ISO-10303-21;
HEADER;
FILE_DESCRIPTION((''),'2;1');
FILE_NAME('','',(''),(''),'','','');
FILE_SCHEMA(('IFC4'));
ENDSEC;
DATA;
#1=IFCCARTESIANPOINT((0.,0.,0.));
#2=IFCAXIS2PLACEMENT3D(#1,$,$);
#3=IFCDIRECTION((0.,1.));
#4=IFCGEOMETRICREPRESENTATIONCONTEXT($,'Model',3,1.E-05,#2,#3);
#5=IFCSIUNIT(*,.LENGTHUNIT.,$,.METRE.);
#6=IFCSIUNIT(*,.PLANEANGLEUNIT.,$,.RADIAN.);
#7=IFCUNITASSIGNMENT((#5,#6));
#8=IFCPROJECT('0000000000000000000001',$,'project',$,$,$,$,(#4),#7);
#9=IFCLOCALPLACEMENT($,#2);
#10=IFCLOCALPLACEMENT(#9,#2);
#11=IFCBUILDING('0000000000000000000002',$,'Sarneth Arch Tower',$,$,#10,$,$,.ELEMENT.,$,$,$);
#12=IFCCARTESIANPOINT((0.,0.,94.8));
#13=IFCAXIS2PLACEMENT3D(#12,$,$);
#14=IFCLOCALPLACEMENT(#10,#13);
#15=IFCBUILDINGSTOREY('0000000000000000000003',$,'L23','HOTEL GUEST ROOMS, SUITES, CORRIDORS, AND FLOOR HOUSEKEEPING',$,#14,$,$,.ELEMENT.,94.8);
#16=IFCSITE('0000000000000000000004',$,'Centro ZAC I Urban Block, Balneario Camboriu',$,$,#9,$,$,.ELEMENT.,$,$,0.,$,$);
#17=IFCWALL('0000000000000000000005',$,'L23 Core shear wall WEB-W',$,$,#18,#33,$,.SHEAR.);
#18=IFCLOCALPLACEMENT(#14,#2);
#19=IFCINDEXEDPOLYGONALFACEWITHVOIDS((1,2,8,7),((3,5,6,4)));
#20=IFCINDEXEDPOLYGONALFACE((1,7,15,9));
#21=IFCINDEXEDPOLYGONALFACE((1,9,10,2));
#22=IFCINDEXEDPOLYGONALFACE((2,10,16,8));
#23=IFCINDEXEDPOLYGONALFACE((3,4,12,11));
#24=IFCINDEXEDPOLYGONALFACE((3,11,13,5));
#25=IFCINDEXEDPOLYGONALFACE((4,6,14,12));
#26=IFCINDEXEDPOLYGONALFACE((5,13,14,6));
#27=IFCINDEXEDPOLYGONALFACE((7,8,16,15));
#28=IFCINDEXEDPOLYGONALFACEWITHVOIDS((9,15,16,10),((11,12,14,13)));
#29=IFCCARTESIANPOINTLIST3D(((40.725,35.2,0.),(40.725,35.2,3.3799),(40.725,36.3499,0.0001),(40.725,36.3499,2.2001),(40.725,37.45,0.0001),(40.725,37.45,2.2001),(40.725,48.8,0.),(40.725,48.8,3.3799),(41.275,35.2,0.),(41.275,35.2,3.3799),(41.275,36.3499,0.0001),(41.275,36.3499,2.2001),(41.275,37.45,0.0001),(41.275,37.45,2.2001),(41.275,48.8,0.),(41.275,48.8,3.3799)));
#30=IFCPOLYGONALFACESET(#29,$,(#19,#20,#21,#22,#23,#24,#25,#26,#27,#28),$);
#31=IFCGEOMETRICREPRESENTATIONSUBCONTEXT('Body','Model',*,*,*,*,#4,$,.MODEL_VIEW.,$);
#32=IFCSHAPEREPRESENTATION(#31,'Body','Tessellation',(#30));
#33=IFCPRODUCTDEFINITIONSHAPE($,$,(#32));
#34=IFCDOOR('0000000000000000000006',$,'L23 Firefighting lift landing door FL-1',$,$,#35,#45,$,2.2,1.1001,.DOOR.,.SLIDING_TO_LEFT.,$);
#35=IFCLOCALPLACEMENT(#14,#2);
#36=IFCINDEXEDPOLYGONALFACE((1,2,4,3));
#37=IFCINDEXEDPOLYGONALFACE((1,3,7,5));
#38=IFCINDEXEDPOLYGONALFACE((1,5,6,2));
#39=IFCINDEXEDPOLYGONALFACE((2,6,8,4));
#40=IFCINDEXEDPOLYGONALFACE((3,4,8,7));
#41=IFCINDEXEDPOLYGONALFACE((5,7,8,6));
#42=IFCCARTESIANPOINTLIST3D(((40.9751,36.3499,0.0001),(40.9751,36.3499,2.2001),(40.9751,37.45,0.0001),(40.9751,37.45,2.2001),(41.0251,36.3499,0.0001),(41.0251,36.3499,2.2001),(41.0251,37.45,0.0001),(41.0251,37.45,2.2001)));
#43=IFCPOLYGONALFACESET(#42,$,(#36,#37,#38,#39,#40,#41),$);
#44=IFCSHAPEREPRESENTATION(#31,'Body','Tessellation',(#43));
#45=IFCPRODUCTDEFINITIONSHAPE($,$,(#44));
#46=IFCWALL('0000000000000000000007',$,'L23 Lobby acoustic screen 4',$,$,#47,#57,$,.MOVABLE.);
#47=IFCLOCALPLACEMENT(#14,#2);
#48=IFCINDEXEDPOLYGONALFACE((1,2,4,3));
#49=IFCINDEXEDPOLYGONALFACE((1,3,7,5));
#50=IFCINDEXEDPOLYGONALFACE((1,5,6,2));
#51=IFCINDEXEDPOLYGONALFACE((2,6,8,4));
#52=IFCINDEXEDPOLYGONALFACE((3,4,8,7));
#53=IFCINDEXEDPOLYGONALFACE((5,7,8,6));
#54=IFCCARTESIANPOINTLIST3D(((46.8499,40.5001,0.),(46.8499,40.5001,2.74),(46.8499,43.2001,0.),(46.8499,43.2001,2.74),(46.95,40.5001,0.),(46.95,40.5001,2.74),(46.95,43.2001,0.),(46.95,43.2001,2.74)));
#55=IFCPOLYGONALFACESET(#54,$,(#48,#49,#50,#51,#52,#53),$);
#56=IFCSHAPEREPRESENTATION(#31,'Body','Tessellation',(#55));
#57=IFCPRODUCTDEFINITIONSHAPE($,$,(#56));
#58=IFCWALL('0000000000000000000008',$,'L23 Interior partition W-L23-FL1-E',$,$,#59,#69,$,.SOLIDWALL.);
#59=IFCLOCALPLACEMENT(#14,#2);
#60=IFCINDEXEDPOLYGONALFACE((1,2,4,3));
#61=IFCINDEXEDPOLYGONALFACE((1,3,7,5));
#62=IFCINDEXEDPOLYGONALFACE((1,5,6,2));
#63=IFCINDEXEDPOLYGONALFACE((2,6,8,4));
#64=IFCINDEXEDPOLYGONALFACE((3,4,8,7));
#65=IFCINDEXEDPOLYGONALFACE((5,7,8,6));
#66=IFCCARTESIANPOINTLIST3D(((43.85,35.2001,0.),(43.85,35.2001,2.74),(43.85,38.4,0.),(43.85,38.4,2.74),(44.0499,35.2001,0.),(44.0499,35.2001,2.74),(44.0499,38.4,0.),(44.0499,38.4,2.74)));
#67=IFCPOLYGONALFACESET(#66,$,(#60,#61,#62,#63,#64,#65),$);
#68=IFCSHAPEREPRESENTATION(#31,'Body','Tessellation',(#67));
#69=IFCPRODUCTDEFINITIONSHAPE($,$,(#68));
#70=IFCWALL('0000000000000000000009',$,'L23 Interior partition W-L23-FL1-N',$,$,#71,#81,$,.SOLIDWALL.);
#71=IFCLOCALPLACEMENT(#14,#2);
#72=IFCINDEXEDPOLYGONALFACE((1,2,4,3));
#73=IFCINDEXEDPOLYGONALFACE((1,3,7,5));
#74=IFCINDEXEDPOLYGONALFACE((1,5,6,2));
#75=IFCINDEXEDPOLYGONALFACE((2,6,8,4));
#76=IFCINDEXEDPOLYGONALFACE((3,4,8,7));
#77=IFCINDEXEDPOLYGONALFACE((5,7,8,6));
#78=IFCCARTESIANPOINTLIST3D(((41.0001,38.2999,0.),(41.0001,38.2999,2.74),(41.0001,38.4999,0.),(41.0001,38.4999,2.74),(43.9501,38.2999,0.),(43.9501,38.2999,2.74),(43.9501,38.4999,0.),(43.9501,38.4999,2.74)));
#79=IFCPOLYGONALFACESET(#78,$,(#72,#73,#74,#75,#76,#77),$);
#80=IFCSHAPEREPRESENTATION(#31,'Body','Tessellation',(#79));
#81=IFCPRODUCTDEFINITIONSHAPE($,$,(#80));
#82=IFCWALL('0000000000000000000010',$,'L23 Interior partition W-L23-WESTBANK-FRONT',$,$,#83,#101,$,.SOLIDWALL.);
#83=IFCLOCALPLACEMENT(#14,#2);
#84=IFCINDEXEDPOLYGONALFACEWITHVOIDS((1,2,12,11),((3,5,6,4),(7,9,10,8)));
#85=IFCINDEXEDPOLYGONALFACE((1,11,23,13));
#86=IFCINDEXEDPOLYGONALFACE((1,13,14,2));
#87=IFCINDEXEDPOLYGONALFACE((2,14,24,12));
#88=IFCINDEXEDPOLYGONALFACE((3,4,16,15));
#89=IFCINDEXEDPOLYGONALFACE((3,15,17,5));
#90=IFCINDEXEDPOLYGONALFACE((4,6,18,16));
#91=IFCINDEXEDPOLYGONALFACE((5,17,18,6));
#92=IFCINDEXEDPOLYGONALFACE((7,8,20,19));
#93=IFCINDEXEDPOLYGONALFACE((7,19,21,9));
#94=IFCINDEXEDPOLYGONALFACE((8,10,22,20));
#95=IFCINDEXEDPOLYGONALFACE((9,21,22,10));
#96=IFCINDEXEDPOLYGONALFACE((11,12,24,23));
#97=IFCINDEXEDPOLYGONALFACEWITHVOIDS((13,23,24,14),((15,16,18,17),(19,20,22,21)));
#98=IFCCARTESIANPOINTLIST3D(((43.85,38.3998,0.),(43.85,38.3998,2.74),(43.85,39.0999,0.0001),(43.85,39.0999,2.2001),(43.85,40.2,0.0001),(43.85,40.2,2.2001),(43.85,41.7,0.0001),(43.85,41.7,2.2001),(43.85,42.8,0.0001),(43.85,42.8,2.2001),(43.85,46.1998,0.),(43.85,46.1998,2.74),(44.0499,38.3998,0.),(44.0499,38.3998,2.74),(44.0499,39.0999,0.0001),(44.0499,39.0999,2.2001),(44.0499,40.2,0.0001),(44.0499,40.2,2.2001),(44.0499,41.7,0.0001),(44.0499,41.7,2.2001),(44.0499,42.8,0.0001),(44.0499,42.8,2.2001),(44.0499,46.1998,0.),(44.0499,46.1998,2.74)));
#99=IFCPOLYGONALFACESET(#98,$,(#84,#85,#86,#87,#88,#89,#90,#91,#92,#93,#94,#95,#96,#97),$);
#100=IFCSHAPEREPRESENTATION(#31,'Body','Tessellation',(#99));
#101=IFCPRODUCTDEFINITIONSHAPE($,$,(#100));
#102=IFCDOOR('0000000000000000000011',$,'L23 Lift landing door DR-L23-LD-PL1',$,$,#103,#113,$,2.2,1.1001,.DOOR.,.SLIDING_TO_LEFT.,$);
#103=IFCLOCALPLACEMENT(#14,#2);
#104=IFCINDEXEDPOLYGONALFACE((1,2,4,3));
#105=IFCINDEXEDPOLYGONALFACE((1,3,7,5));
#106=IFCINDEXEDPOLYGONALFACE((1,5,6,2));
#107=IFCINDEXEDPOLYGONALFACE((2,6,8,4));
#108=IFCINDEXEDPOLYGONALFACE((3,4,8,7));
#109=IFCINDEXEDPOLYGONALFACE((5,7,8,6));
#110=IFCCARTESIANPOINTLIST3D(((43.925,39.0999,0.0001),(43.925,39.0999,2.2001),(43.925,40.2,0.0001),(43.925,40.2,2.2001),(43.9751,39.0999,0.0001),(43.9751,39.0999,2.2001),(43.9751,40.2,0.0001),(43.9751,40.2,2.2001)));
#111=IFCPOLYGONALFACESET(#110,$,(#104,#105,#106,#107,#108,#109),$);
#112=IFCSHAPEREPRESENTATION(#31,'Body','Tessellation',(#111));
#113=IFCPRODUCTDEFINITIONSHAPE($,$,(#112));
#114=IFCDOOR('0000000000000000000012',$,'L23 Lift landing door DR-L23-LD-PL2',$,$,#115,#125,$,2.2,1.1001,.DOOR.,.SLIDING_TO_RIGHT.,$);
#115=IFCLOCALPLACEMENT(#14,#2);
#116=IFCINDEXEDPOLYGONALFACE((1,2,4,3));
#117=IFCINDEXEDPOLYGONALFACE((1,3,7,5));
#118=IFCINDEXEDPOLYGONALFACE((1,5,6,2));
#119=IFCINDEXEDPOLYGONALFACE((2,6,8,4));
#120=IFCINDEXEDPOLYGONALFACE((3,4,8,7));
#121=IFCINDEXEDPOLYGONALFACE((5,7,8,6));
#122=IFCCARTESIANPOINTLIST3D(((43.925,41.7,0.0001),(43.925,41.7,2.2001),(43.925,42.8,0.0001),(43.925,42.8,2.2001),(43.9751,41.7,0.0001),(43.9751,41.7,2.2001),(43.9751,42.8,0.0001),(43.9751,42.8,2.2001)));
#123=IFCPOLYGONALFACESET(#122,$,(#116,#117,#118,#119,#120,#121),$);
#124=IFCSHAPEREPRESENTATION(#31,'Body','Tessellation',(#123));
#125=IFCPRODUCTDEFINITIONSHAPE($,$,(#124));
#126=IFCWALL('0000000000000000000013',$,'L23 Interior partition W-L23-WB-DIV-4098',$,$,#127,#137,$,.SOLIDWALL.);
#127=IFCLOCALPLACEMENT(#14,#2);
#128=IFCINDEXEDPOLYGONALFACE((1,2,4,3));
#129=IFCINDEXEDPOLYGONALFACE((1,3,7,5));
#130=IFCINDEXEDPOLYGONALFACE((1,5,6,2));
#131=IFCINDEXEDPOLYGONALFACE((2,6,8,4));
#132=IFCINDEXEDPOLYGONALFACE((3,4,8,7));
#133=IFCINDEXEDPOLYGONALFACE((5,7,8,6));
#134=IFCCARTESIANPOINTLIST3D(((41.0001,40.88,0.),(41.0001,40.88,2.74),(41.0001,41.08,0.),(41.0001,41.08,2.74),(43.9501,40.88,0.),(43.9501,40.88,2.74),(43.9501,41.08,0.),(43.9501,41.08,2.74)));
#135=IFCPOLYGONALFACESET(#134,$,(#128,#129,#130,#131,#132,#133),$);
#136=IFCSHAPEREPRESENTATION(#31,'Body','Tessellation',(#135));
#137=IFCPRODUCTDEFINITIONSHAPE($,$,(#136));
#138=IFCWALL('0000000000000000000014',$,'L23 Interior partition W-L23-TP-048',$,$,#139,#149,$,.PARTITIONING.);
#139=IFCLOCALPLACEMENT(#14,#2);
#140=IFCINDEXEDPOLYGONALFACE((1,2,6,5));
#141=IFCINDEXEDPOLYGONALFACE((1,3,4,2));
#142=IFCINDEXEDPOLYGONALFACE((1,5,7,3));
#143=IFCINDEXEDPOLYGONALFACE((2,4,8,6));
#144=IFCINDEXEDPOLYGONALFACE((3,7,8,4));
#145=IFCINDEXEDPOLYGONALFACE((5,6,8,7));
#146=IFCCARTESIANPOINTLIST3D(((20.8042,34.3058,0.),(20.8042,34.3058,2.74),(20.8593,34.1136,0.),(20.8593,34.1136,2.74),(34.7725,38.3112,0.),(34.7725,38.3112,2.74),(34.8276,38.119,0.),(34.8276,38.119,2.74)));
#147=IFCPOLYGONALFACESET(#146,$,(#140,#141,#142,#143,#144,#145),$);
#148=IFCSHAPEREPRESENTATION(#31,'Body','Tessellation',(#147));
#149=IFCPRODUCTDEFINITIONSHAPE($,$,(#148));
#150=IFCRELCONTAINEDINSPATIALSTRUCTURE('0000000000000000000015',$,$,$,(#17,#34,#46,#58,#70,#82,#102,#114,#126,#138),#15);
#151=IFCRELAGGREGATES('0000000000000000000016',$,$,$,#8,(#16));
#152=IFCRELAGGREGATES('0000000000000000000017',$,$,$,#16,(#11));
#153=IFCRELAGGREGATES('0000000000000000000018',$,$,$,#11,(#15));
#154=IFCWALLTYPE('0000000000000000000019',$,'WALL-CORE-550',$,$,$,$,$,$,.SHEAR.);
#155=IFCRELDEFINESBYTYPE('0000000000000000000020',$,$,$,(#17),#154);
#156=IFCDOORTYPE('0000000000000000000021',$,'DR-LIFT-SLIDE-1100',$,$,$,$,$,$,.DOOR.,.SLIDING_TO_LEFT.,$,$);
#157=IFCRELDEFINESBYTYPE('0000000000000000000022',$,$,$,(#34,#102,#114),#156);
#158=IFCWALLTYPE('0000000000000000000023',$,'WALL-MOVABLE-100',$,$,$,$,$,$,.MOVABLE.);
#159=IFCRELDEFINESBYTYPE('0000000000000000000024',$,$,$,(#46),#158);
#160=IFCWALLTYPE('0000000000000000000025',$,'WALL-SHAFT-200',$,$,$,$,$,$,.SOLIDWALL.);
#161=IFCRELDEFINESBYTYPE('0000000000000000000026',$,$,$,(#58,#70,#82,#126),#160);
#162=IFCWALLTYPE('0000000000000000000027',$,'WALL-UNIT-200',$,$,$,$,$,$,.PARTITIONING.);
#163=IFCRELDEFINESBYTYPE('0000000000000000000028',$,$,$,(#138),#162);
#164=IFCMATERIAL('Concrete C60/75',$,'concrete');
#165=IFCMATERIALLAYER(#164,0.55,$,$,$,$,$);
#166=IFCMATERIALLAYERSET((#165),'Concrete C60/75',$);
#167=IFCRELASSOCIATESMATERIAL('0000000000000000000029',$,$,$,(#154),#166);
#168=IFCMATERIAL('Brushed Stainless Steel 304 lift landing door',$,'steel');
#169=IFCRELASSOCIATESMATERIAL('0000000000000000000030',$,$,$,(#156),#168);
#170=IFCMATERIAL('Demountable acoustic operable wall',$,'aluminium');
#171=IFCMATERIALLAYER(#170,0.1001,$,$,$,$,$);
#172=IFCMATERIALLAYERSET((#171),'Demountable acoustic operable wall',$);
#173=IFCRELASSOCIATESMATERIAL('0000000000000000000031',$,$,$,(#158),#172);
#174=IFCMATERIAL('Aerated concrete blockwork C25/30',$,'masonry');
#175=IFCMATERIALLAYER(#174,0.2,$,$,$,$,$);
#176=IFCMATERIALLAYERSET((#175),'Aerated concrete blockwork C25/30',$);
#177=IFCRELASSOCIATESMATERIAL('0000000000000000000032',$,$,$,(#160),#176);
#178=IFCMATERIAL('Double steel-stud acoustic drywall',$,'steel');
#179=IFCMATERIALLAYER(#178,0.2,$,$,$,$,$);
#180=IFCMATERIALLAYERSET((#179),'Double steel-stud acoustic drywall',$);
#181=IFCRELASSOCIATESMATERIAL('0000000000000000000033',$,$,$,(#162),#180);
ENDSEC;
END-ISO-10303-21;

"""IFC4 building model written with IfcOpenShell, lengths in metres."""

from ifc_helpers import new_model, si_unit, direction, frame, frame_2d, origin, place, context, subcontext, project, spatial, rectangle, extrude, material, layer, layer_set, type_object, element, fill, save


model = new_model("IFC4")

# Units and contexts
model_context = context("Model", 3, precision=1e-05, world=origin(), true_north=direction((0.0, 1.0)))
body_context = subcontext(model_context, "Body", "Model", "MODEL_VIEW")
ifc_project = project(units=[si_unit("LENGTHUNIT", "METRE"), si_unit("PLANEANGLEUNIT", "RADIAN")], contexts=[model_context])

# Site, building, storey
site_placement = place(None, origin())
site = spatial("IfcSite", under=ifc_project, at=site_placement, Name="Centro ZAC I Urban Block, Balneario Camboriu", CompositionType="ELEMENT", RefElevation=0.0)
building_placement = place(site_placement, origin())
building = spatial("IfcBuilding", under=site, at=building_placement, Name="Sarneth Arch Tower", CompositionType="ELEMENT")
storey_placement = place(building_placement, frame((0.0, 0.0, 94.8)))
storey = spatial("IfcBuildingStorey", under=building, at=storey_placement, Name="L23", Description="HOTEL GUEST ROOMS, SUITES, CORRIDORS, AND FLOOR HOUSEKEEPING", CompositionType="ELEMENT", Elevation=94.8)

# Shared definitions
ifc_material_1 = material(Name="Concrete C60/75", Category="concrete")
ifc_layer_1 = layer(ifc_material_1, 0.55)
ifc_layer_set_1 = layer_set([ifc_layer_1], Name="Concrete C60/75")
wall_type_1 = type_object("IfcWallType", Name="WALL-CORE-550", PredefinedType="SHEAR", material=ifc_layer_set_1)

# Wall, opening, door
wall_1_placement = place(storey_placement, frame((41.0, 35.2, 0.0), z_axis=(0.0, 0.0, 1.0), x_axis=(0.0, 1.0, 0.0)))
wall_1 = element("IfcWall", 1, at=wall_1_placement, inside=storey, type_object=wall_type_1, Name="L23 Core shear wall WEB-W", PredefinedType="SHEAR", context=body_context, shape_type="SweptSolid", body=[
    extrude(rectangle(XDim=13.6001, YDim=0.55, at=frame_2d((6.8, 0.0))), origin(), (0.0, 0.0, 1.0), 3.3799),
])
opening_1_placement = place(wall_1_placement, frame((1.1499, 0.0, 0.0)))
opening_1 = element("IfcOpeningElement", 2, at=opening_1_placement, cuts=wall_1, PredefinedType="OPENING", context=body_context, shape_type="SweptSolid", body=[
    extrude(rectangle(XDim=1.1001, YDim=2.2, at=frame_2d((0.55, 1.1001))), frame((0.0, 0.2849, 0.0), z_axis=(0.0, -1.0, 0.0), x_axis=(1.0, 0.0, 0.0)), (0.0, 0.0, 1.0), 0.5701),
])
ifc_material_2 = material(Name="Brushed Stainless Steel 304 lift landing door", Category="steel")
door_type_1 = type_object("IfcDoorType", Name="DR-LIFT-SLIDE-1100", OperationType="SLIDING_TO_LEFT", PredefinedType="DOOR", material=ifc_material_2)
door_1_placement = place(opening_1_placement, origin())
door_1 = element("IfcDoor", 3, at=door_1_placement, inside=storey, type_object=door_type_1, Name="L23 Firefighting lift landing door FL-1", OperationType="SLIDING_TO_LEFT", OverallHeight=2.2, OverallWidth=1.1001, PredefinedType="DOOR", context=body_context, shape_type="SweptSolid", body=[
    extrude(rectangle(XDim=1.1001, YDim=2.2, at=frame_2d((0.55, 1.1001))), frame((0.0, 0.0249, 0.0), z_axis=(0.0, -1.0, 0.0), x_axis=(1.0, 0.0, 0.0)), (0.0, 0.0, 1.0), 0.05),
])
fill(opening_1, door_1)

# Wall
ifc_material_3 = material(Name="Demountable acoustic operable wall", Category="aluminium")
ifc_layer_2 = layer(ifc_material_3, 0.1001)
ifc_layer_set_2 = layer_set([ifc_layer_2], Name="Demountable acoustic operable wall")
wall_type_2 = type_object("IfcWallType", Name="WALL-MOVABLE-100", PredefinedType="MOVABLE", material=ifc_layer_set_2)
wall_2_placement = place(storey_placement, frame((46.8999, 40.5, 0.0), z_axis=(0.0, 0.0, 1.0), x_axis=(0.0, 1.0, 0.0)))
element("IfcWall", 4, at=wall_2_placement, inside=storey, type_object=wall_type_2, Name="L23 Lobby acoustic screen 4", PredefinedType="MOVABLE", context=body_context, shape_type="SweptSolid", body=[
    extrude(rectangle(XDim=2.7, YDim=0.1001, at=frame_2d((1.3501, 0.0))), origin(), (0.0, 0.0, 1.0), 2.74),
])

# Shared definitions
ifc_material_4 = material(Name="Aerated concrete blockwork C25/30", Category="masonry")
ifc_layer_3 = layer(ifc_material_4, 0.2)
ifc_layer_set_3 = layer_set([ifc_layer_3], Name="Aerated concrete blockwork C25/30")
wall_type_3 = type_object("IfcWallType", Name="WALL-SHAFT-200", PredefinedType="SOLIDWALL", material=ifc_layer_set_3)

# Walls
wall_3_placement = place(storey_placement, frame((43.95, 35.2, 0.0), z_axis=(0.0, 0.0, 1.0), x_axis=(0.0, 1.0, 0.0)))
element("IfcWall", 5, at=wall_3_placement, inside=storey, type_object=wall_type_3, Name="L23 Interior partition W-L23-FL1-E", PredefinedType="SOLIDWALL", context=body_context, shape_type="SweptSolid", body=[
    extrude(rectangle(XDim=3.2, YDim=0.2, at=frame_2d((1.6001, 0.0))), origin(), (0.0, 0.0, 1.0), 2.74),
])
wall_4_placement = place(storey_placement, frame((41.0, 38.3999, 0.0), z_axis=(0.0, 0.0, 1.0), x_axis=(1.0, 0.0, 0.0)))
element("IfcWall", 6, at=wall_4_placement, inside=storey, type_object=wall_type_3, Name="L23 Interior partition W-L23-FL1-N", PredefinedType="SOLIDWALL", context=body_context, shape_type="SweptSolid", body=[
    extrude(rectangle(XDim=2.95, YDim=0.2, at=frame_2d((1.4751, 0.0))), origin(), (0.0, 0.0, 1.0), 2.74),
])

# Wall, openings, doors
wall_5_placement = place(storey_placement, frame((43.95, 38.3999, 0.0), z_axis=(0.0, 0.0, 1.0), x_axis=(0.0, 1.0, 0.0)))
wall_5 = element("IfcWall", 7, at=wall_5_placement, inside=storey, type_object=wall_type_3, Name="L23 Interior partition W-L23-WESTBANK-FRONT", PredefinedType="SOLIDWALL", context=body_context, shape_type="SweptSolid", body=[
    extrude(rectangle(XDim=7.8, YDim=0.2, at=frame_2d((3.8999, 0.0))), origin(), (0.0, 0.0, 1.0), 2.74),
])
opening_2_placement = place(wall_5_placement, frame((0.7, 0.0, 0.0)))
opening_2 = element("IfcOpeningElement", 8, at=opening_2_placement, cuts=wall_5, PredefinedType="OPENING", context=body_context, shape_type="SweptSolid", body=[
    extrude(rectangle(XDim=1.1001, YDim=2.2, at=frame_2d((0.55, 1.1001))), frame((0.0, 0.1099, 0.0), z_axis=(0.0, -1.0, 0.0), x_axis=(1.0, 0.0, 0.0)), (0.0, 0.0, 1.0), 0.22),
])
opening_3_placement = place(wall_5_placement, frame((3.3, 0.0, 0.0)))
opening_3 = element("IfcOpeningElement", 9, at=opening_3_placement, cuts=wall_5, PredefinedType="OPENING", context=body_context, shape_type="SweptSolid", body=[
    extrude(rectangle(XDim=1.1001, YDim=2.2, at=frame_2d((0.55, 1.1001))), frame((0.0, 0.1099, 0.0), z_axis=(0.0, -1.0, 0.0), x_axis=(1.0, 0.0, 0.0)), (0.0, 0.0, 1.0), 0.22),
])
door_2_placement = place(opening_2_placement, origin())
door_2 = element("IfcDoor", 10, at=door_2_placement, inside=storey, type_object=door_type_1, Name="L23 Lift landing door DR-L23-LD-PL1", OperationType="SLIDING_TO_LEFT", OverallHeight=2.2, OverallWidth=1.1001, PredefinedType="DOOR", context=body_context, shape_type="SweptSolid", body=[
    extrude(rectangle(XDim=1.1001, YDim=2.2, at=frame_2d((0.55, 1.1001))), frame((0.0, 0.0249, 0.0), z_axis=(0.0, -1.0, 0.0), x_axis=(1.0, 0.0, 0.0)), (0.0, 0.0, 1.0), 0.05),
])
fill(opening_2, door_2)
door_3_placement = place(opening_3_placement, origin())
door_3 = element("IfcDoor", 11, at=door_3_placement, inside=storey, type_object=door_type_1, Name="L23 Lift landing door DR-L23-LD-PL2", OperationType="SLIDING_TO_RIGHT", OverallHeight=2.2, OverallWidth=1.1001, PredefinedType="DOOR", context=body_context, shape_type="SweptSolid", body=[
    extrude(rectangle(XDim=1.1001, YDim=2.2, at=frame_2d((0.55, 1.1001))), frame((0.0, 0.0249, 0.0), z_axis=(0.0, -1.0, 0.0), x_axis=(1.0, 0.0, 0.0)), (0.0, 0.0, 1.0), 0.05),
])
fill(opening_3, door_3)

# Walls
wall_6_placement = place(storey_placement, frame((41.0, 40.98, 0.0), z_axis=(0.0, 0.0, 1.0), x_axis=(1.0, 0.0, 0.0)))
element("IfcWall", 12, at=wall_6_placement, inside=storey, type_object=wall_type_3, Name="L23 Interior partition W-L23-WB-DIV-4098", PredefinedType="SOLIDWALL", context=body_context, shape_type="SweptSolid", body=[
    extrude(rectangle(XDim=2.95, YDim=0.2, at=frame_2d((1.4751, 0.0))), origin(), (0.0, 0.0, 1.0), 2.74),
])
ifc_material_5 = material(Name="Double steel-stud acoustic drywall", Category="steel")
ifc_layer_4 = layer(ifc_material_5, 0.2)
ifc_layer_set_4 = layer_set([ifc_layer_4], Name="Double steel-stud acoustic drywall")
wall_type_4 = type_object("IfcWallType", Name="WALL-UNIT-200", PredefinedType="PARTITIONING", material=ifc_layer_set_4)
wall_7_placement = place(storey_placement, frame((34.8, 38.2151, 0.0), z_axis=(0.0, 0.0, 1.0), x_axis=(-0.961261, -0.27564, 0.0)))
element("IfcWall", 13, at=wall_7_placement, inside=storey, type_object=wall_type_4, Name="L23 Interior partition W-L23-TP-048", PredefinedType="PARTITIONING", context=body_context, shape_type="SweptSolid", body=[
    extrude(rectangle(XDim=14.5312, YDim=0.2, at=frame_2d((7.2656, 0.0))), origin(), (0.0, 0.0, 1.0), 2.74),
])

save(model, "model.ifc")
